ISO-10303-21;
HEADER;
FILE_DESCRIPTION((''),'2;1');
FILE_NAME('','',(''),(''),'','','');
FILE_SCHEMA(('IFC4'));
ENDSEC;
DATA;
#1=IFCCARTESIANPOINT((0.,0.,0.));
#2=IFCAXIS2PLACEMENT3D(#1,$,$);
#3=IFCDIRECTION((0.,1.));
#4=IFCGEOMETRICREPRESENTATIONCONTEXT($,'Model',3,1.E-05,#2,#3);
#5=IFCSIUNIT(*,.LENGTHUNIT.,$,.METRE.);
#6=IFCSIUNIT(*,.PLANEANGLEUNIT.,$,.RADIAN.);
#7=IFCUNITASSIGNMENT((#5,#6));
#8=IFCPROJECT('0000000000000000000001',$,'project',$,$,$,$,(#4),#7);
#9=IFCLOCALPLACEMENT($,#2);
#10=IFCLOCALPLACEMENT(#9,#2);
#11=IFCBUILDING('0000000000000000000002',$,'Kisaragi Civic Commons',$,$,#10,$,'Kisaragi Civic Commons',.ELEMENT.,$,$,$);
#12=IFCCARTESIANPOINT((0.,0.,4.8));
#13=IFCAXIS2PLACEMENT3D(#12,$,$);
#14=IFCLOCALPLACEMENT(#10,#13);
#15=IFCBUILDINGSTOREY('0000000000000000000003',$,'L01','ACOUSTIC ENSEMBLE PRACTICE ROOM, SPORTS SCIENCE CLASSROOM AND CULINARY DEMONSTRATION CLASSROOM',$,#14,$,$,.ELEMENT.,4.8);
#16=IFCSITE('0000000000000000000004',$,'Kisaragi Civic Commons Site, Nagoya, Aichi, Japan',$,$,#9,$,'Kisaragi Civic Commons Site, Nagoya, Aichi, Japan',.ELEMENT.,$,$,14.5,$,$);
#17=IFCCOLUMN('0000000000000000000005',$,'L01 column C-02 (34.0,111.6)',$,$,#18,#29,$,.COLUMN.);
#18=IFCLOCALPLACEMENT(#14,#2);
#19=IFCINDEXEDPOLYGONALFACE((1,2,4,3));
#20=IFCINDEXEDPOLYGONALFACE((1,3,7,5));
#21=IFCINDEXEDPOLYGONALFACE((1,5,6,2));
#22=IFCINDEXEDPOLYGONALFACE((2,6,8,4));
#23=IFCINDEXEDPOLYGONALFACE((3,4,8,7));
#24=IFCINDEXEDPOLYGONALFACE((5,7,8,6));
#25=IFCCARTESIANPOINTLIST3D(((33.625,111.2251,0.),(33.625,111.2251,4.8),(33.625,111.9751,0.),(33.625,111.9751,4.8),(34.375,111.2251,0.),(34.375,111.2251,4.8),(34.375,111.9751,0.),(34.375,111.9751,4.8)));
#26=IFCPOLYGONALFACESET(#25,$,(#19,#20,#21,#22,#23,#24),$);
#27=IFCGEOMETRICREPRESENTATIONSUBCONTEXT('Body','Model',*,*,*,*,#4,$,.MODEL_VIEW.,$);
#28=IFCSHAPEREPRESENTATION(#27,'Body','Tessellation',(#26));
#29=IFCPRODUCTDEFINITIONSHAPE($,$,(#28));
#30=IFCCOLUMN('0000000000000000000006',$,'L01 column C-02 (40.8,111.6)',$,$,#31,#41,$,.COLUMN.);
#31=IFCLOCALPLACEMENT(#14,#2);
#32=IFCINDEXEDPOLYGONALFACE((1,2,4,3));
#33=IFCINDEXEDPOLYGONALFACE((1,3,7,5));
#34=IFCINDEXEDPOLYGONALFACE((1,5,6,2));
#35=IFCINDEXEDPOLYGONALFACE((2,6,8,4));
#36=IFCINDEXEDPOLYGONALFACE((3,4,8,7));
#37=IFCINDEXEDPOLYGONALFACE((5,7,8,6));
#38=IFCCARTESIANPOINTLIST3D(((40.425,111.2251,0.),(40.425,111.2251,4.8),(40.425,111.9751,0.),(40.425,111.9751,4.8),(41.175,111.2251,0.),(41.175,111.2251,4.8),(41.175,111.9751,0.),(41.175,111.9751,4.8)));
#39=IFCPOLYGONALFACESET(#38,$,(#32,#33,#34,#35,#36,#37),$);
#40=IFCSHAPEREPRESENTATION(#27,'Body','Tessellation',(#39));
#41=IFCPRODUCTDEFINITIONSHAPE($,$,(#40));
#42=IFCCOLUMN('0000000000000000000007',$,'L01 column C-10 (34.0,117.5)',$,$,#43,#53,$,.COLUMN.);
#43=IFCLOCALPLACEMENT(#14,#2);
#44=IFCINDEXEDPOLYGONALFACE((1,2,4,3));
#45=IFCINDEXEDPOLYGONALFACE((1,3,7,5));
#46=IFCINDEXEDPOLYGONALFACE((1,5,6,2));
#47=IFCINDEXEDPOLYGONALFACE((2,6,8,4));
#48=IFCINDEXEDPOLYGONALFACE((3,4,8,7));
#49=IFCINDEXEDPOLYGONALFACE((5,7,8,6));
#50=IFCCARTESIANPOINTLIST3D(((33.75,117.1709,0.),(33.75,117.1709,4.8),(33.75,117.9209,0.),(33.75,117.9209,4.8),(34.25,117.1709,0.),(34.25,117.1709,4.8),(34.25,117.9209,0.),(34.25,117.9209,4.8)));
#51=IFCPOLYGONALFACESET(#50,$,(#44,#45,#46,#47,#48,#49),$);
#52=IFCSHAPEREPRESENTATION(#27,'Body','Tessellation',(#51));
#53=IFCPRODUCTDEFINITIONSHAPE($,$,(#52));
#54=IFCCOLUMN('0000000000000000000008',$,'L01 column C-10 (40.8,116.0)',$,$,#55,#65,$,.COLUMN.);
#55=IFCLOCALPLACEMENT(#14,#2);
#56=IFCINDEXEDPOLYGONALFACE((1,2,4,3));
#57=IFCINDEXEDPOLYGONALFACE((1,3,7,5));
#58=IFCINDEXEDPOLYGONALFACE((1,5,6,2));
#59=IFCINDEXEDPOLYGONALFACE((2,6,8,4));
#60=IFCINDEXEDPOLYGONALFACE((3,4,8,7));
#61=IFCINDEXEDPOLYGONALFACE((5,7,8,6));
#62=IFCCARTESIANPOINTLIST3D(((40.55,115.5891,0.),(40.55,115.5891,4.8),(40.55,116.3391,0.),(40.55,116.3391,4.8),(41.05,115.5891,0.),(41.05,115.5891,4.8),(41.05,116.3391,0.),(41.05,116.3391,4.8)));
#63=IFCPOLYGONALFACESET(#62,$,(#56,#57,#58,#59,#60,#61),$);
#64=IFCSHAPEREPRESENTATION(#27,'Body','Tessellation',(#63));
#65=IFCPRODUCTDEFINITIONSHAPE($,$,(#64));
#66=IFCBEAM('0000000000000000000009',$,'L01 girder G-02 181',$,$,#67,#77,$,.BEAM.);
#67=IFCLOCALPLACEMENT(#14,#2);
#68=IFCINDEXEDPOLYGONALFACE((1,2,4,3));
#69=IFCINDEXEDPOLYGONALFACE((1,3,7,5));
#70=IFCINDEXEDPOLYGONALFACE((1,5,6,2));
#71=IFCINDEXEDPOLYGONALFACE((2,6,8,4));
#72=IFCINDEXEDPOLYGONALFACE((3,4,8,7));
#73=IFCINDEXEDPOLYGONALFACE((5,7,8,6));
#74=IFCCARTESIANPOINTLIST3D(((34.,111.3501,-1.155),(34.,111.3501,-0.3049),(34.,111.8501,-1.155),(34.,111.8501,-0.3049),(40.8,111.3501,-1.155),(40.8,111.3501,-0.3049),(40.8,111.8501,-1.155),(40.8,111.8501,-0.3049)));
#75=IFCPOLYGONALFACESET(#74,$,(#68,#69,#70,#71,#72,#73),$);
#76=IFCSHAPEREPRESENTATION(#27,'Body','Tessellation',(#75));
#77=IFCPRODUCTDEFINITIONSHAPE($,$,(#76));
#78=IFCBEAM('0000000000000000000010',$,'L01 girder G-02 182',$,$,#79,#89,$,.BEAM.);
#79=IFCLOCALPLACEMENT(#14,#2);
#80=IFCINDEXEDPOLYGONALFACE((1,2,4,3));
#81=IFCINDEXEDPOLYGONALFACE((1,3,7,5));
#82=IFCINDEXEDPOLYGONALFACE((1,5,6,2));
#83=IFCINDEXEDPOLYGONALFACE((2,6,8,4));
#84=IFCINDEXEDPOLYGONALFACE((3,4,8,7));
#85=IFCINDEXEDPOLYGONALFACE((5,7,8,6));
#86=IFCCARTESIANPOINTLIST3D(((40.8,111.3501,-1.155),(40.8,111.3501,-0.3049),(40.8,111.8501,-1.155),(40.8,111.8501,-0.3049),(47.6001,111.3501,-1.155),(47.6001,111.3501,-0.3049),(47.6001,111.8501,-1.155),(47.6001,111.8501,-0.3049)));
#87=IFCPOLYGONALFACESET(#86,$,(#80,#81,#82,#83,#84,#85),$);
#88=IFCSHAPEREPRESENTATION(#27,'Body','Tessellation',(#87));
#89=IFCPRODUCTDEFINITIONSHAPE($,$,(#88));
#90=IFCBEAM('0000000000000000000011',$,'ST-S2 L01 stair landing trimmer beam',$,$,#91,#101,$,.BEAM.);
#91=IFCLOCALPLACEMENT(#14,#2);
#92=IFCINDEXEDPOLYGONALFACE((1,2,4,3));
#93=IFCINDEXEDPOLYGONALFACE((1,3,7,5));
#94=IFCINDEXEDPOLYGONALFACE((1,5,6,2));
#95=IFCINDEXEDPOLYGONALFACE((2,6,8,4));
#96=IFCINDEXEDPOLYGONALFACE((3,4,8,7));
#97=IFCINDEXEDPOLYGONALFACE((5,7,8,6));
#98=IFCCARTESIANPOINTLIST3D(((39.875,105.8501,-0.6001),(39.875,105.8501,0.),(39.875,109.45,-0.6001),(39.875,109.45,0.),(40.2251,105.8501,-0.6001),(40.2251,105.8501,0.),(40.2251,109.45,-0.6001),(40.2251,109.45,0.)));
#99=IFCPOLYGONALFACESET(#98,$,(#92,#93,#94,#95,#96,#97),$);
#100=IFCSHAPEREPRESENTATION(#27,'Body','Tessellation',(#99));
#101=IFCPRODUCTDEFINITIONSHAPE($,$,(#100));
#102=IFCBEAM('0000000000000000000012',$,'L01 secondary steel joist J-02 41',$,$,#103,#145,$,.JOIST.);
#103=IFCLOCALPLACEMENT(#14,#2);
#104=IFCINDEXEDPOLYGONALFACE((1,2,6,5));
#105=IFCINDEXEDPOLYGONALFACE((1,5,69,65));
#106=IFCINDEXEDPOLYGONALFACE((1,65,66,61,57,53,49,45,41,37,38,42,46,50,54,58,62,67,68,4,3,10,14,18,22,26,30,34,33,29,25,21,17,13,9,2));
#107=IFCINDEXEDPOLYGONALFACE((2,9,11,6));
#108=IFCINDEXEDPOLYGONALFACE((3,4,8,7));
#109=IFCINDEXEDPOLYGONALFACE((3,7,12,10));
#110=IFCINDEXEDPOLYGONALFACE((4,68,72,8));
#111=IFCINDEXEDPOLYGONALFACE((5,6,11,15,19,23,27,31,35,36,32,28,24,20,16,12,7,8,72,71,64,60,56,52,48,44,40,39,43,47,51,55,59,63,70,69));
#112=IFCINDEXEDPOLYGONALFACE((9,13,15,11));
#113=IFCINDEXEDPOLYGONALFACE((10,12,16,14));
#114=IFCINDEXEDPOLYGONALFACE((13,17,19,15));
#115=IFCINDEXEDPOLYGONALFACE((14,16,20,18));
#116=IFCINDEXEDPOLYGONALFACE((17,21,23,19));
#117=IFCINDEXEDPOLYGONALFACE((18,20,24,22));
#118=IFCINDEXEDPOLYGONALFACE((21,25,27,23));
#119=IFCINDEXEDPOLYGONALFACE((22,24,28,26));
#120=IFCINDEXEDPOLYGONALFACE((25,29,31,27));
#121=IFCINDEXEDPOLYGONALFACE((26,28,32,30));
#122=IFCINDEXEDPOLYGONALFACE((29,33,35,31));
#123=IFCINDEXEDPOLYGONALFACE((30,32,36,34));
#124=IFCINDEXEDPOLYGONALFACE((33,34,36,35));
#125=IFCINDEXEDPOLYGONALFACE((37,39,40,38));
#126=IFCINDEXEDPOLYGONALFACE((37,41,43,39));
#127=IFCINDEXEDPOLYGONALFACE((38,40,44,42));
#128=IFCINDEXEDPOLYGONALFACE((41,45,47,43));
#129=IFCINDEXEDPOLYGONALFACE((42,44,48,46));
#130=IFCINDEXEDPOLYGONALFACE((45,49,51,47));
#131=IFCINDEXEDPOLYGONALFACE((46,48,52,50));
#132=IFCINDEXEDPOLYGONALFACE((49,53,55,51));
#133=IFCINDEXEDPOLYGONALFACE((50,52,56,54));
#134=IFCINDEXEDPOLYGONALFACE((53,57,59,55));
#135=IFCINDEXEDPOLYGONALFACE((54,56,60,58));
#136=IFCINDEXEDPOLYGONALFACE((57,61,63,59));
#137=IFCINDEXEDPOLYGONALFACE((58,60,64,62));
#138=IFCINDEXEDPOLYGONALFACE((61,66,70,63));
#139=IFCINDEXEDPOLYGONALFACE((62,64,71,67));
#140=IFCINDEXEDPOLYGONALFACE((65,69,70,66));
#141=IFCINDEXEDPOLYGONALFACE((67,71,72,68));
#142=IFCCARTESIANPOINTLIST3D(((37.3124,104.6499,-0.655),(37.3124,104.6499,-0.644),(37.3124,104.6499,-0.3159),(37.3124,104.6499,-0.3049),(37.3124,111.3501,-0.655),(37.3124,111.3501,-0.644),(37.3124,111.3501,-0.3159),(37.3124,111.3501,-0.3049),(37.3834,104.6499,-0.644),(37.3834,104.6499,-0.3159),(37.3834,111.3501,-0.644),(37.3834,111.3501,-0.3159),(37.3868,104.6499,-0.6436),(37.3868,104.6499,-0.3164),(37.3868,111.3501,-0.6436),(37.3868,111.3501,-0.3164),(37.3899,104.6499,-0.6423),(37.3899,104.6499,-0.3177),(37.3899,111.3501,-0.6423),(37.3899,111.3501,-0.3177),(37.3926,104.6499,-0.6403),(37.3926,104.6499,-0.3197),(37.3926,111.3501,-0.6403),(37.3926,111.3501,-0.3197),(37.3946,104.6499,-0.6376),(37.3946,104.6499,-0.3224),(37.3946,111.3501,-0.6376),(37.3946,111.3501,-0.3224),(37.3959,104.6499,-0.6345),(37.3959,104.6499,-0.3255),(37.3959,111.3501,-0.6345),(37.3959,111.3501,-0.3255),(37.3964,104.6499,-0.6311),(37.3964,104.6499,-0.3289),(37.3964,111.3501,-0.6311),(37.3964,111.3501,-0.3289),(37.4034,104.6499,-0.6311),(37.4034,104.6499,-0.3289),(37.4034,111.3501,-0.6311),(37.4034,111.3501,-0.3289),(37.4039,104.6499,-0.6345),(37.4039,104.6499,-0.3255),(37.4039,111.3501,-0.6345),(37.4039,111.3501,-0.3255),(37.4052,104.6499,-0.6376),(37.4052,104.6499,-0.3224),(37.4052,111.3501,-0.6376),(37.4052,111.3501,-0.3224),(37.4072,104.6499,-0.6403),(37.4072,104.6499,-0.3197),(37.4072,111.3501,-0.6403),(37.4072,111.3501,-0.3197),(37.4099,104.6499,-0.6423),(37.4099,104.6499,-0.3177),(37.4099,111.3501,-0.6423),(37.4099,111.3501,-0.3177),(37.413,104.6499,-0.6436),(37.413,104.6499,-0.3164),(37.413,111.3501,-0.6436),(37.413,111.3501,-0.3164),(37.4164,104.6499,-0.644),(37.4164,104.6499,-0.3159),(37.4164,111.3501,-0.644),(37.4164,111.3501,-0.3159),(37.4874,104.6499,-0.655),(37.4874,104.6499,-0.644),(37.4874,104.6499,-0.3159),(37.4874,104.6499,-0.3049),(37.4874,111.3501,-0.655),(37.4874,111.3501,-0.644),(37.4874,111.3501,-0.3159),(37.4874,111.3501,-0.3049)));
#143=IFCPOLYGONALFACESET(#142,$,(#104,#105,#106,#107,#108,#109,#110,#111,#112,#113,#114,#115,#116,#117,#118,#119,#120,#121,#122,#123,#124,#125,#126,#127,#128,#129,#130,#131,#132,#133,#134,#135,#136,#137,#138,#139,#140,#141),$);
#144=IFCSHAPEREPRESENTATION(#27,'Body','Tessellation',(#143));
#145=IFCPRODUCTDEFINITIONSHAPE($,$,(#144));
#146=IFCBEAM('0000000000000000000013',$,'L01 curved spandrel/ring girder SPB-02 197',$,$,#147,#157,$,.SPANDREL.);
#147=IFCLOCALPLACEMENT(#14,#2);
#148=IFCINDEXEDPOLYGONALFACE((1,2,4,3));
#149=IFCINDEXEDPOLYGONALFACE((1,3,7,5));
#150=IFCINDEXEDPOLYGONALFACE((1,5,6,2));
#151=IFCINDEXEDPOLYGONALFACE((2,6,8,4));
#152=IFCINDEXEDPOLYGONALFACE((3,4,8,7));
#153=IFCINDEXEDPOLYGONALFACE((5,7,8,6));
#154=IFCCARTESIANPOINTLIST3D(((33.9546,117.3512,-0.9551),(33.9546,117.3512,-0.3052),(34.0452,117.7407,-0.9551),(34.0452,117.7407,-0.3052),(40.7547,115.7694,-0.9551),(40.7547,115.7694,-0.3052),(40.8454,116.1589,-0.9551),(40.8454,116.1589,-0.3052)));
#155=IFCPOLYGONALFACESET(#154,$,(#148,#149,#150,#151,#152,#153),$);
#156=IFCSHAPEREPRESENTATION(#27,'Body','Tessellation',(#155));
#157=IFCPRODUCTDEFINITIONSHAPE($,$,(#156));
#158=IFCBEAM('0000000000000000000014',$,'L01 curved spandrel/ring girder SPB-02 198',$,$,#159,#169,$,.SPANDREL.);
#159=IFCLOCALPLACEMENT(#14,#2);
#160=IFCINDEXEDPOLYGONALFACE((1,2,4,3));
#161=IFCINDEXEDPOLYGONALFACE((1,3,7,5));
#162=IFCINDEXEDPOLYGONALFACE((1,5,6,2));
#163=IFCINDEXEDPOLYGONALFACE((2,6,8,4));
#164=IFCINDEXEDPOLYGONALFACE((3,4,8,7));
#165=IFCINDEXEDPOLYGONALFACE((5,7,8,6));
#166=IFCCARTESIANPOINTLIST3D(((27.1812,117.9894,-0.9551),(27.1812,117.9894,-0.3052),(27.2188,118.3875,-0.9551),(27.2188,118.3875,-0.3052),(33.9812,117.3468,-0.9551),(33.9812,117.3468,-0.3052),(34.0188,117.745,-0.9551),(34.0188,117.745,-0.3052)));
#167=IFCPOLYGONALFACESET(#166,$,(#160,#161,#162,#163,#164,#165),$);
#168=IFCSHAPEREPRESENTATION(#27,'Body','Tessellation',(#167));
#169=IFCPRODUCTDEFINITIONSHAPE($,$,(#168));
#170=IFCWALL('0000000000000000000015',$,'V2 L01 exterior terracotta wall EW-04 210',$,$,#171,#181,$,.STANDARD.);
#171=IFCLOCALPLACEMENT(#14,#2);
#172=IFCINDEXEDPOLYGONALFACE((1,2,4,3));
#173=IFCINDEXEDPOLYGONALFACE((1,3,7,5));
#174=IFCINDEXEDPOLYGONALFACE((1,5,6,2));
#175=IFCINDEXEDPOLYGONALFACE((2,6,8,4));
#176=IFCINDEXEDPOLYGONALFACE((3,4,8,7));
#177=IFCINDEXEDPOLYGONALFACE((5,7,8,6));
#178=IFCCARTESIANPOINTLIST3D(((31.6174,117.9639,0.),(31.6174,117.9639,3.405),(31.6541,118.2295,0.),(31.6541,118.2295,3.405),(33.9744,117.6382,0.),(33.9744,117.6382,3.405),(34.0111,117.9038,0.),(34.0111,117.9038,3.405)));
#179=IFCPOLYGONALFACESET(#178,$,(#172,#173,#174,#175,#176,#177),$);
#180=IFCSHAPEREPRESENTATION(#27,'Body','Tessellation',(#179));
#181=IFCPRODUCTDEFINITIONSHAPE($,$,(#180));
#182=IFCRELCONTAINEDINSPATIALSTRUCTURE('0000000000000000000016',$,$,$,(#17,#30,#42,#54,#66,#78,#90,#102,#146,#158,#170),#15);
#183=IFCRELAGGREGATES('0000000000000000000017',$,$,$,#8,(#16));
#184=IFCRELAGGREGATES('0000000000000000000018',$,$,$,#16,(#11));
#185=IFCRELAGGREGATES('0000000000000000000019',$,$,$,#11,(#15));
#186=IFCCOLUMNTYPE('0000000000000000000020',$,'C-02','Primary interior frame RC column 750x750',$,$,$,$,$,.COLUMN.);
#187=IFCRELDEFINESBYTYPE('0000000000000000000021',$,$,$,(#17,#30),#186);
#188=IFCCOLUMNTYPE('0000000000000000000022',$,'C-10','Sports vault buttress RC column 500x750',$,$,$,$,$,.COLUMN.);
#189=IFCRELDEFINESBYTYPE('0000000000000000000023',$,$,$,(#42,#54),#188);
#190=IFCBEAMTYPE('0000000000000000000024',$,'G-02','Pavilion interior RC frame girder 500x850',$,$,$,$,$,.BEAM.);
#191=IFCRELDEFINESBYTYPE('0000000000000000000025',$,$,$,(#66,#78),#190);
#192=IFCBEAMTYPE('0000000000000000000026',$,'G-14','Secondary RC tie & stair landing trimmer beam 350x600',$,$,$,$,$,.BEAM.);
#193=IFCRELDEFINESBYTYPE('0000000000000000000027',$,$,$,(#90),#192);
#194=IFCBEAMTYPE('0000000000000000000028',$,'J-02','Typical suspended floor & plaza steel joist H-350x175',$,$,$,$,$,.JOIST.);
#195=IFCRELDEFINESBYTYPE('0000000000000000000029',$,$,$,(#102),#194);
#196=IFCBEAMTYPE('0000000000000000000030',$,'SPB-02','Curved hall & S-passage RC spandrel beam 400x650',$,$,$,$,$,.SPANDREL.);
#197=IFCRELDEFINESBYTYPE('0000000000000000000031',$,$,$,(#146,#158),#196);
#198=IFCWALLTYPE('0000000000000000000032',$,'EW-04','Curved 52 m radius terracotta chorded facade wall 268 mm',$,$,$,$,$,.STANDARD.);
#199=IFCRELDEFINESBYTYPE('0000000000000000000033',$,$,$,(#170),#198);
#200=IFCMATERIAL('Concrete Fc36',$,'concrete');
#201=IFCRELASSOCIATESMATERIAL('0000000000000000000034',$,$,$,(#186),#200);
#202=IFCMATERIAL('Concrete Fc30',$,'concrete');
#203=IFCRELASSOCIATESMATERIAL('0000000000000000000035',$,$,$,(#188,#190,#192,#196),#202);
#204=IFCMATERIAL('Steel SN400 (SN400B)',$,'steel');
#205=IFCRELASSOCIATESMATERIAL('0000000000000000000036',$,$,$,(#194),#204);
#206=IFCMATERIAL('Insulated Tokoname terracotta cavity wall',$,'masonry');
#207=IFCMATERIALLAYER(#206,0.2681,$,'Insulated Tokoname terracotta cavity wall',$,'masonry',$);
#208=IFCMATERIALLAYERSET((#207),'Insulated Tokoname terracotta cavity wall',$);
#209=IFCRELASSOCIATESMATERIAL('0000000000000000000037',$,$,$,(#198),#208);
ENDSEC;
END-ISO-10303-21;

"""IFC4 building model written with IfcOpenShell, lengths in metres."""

from ifc_helpers import new_model, si_unit, direction, frame, frame_2d, origin, origin_2d, place, context, subcontext, project, spatial, rectangle, i_section, extrude, material, layer, layer_set, material_profile, profile_set, type_object, element, save


model = new_model("IFC4")

# Units and contexts
model_context = context("Model", 3, precision=1e-05, world=origin(), true_north=direction((0.0, 1.0)))
body_context = subcontext(model_context, "Body", "Model", "MODEL_VIEW")
ifc_project = project(units=[si_unit("LENGTHUNIT", "METRE"), si_unit("PLANEANGLEUNIT", "RADIAN")], contexts=[model_context])

# Site, building, storey
site_placement = place(None, origin())
site = spatial("IfcSite", under=ifc_project, at=site_placement, Name="Kisaragi Civic Commons Site, Nagoya, Aichi, Japan", LongName="Kisaragi Civic Commons Site, Nagoya, Aichi, Japan", CompositionType="ELEMENT", RefElevation=14.5)
building_placement = place(site_placement, origin())
building = spatial("IfcBuilding", under=site, at=building_placement, Name="Kisaragi Civic Commons", LongName="Kisaragi Civic Commons", CompositionType="ELEMENT")
storey_placement = place(building_placement, frame((0.0, 0.0, 4.8)))
storey = spatial("IfcBuildingStorey", under=building, at=storey_placement, Name="L01", Description="ACOUSTIC ENSEMBLE PRACTICE ROOM, SPORTS SCIENCE CLASSROOM AND CULINARY DEMONSTRATION CLASSROOM", CompositionType="ELEMENT", Elevation=4.8)

# Columns
ifc_material_1 = material(Name="Concrete Fc36", Category="concrete")
ifc_material_profile_1 = material_profile(ifc_material_1, rectangle(XDim=0.75, YDim=0.75, at=origin_2d()), Name="RC-750x750", Category="concrete")
ifc_profile_set_1 = profile_set([ifc_material_profile_1], Name="Concrete Fc36")
column_type_1 = type_object("IfcColumnType", Name="C-02", Description="Primary interior frame RC column 750x750", PredefinedType="COLUMN", material=ifc_profile_set_1)
for number, where, z_axis, x_axis, name in (
    (1, (34.0, 111.6001, 0.0), (0.0, 0.0, 1.0), (1.0, 0.0, 0.0), "L01 column C-02 (34.0,111.6)"),
    (2, (40.8, 111.6001, 0.0), (0.0, 0.0, 1.0), (1.0, 0.0, 0.0), "L01 column C-02 (40.8,111.6)"),
):
    element("IfcColumn", number, at=place(storey_placement, frame(where, z_axis=z_axis, x_axis=x_axis)), inside=storey, type_object=column_type_1, Name=name, PredefinedType="COLUMN", context=body_context, shape_type="SweptSolid", body=[
        extrude(rectangle(XDim=0.75, YDim=0.75, at=origin_2d()), origin(), (0.0, 0.0, 1.0), 4.8),
    ])
ifc_material_2 = material(Name="Concrete Fc30", Category="concrete")
ifc_material_profile_2 = material_profile(ifc_material_2, rectangle(XDim=0.5, YDim=0.75, at=origin_2d()), Name="RC-500x750", Category="concrete")
ifc_profile_set_2 = profile_set([ifc_material_profile_2], Name="Concrete Fc30")
column_type_2 = type_object("IfcColumnType", Name="C-10", Description="Sports vault buttress RC column 500x750", PredefinedType="COLUMN", material=ifc_profile_set_2)
for number, where, z_axis, x_axis, name in (
    (3, (34.0, 117.5459, 0.0), (0.0, 0.0, 1.0), (1.0, 0.0, 0.0), "L01 column C-10 (34.0,117.5)"),
    (4, (40.8, 115.9641, 0.0), (0.0, 0.0, 1.0), (1.0, 0.0, 0.0), "L01 column C-10 (40.8,116.0)"),
):
    element("IfcColumn", number, at=place(storey_placement, frame(where, z_axis=z_axis, x_axis=x_axis)), inside=storey, type_object=column_type_2, Name=name, PredefinedType="COLUMN", context=body_context, shape_type="SweptSolid", body=[
        extrude(rectangle(XDim=0.5, YDim=0.75, at=origin_2d()), origin(), (0.0, 0.0, 1.0), 4.8),
    ])

# Beams
ifc_material_profile_3 = material_profile(ifc_material_2, rectangle(XDim=0.5, YDim=0.8501, at=origin_2d()), Name="RC-500x850", Category="concrete")
ifc_profile_set_3 = profile_set([ifc_material_profile_3], Name="Concrete Fc30")
beam_type_1 = type_object("IfcBeamType", Name="G-02", Description="Pavilion interior RC frame girder 500x850", PredefinedType="BEAM", material=ifc_profile_set_3)
for number, where, z_axis, x_axis, name in (
    (5, (34.0, 111.6001, -0.73), (1.0, 0.0, 0.0), (0.0, 1.0, 0.0), "L01 girder G-02 181"),
    (6, (40.8, 111.6001, -0.73), (1.0, 0.0, 0.0), (0.0, 1.0, 0.0), "L01 girder G-02 182"),
):
    element("IfcBeam", number, at=place(storey_placement, frame(where, z_axis=z_axis, x_axis=x_axis)), inside=storey, type_object=beam_type_1, Name=name, PredefinedType="BEAM", context=body_context, shape_type="SweptSolid", body=[
        extrude(rectangle(XDim=0.5, YDim=0.8501, at=origin_2d()), origin(), (0.0, 0.0, 1.0), 6.8),
    ])
ifc_material_profile_4 = material_profile(ifc_material_2, rectangle(XDim=0.3501, YDim=0.6001, at=origin_2d()), Name="RC-350x600", Category="concrete")
ifc_profile_set_4 = profile_set([ifc_material_profile_4], Name="Concrete Fc30")
beam_type_2 = type_object("IfcBeamType", Name="G-14", Description="Secondary RC tie & stair landing trimmer beam 350x600", PredefinedType="BEAM", material=ifc_profile_set_4)
beam_1_placement = place(storey_placement, frame((40.05, 105.8501, -0.3), z_axis=(0.0, 1.0, 0.0), x_axis=(-1.0, 0.0, 0.0)))
element("IfcBeam", 7, at=beam_1_placement, inside=storey, type_object=beam_type_2, Name="ST-S2 L01 stair landing trimmer beam", PredefinedType="BEAM", context=body_context, shape_type="SweptSolid", body=[
    extrude(rectangle(XDim=0.3501, YDim=0.6001, at=origin_2d()), origin(), (0.0, 0.0, 1.0), 3.5999),
])
ifc_material_3 = material(Name="Steel SN400 (SN400B)", Category="steel")
ifc_material_profile_5 = material_profile(ifc_material_3, i_section(OverallWidth=0.175, OverallDepth=0.3501, WebThickness=0.0071, FlangeThickness=0.011, FilletRadius=0.0129, at=origin_2d()), Name="H-350x175x7x11", Category="steel")
ifc_profile_set_5 = profile_set([ifc_material_profile_5], Name="Steel SN400 (SN400B)")
beam_type_3 = type_object("IfcBeamType", Name="J-02", Description="Typical suspended floor & plaza steel joist H-350x175", PredefinedType="JOIST", material=ifc_profile_set_5)
beam_2_placement = place(storey_placement, frame((37.3999, 104.6499, -0.48), z_axis=(0.0, 1.0, 0.0), x_axis=(-1.0, 0.0, 0.0)))
element("IfcBeam", 8, at=beam_2_placement, inside=storey, type_object=beam_type_3, Name="L01 secondary steel joist J-02 41", PredefinedType="JOIST", context=body_context, shape_type="SweptSolid", body=[
    extrude(i_section(OverallWidth=0.175, OverallDepth=0.3501, WebThickness=0.0071, FlangeThickness=0.011, FilletRadius=0.0129, at=origin_2d()), origin(), (0.0, 0.0, 1.0), 6.7002),
])
ifc_material_profile_6 = material_profile(ifc_material_2, rectangle(XDim=0.3999, YDim=0.6499, at=origin_2d()), Name="RC-400x650", Category="concrete")
ifc_profile_set_6 = profile_set([ifc_material_profile_6], Name="Concrete Fc30")
beam_type_4 = type_object("IfcBeamType", Name="SPB-02", Description="Curved hall & S-passage RC spandrel beam 400x650", PredefinedType="SPANDREL", material=ifc_profile_set_6)
beam_3_placement = place(storey_placement, frame((40.8, 115.9641, -0.6301), z_axis=(-0.973996, 0.226565, 0.0), x_axis=(-0.226565, -0.973996, 0.0)))
element("IfcBeam", 9, at=beam_3_placement, inside=storey, type_object=beam_type_4, Name="L01 curved spandrel/ring girder SPB-02 197", PredefinedType="SPANDREL", context=body_context, shape_type="SweptSolid", body=[
    extrude(rectangle(XDim=0.3999, YDim=0.6499, at=origin_2d()), origin(), (0.0, 0.0, 1.0), 6.9817),
])
beam_4_placement = place(storey_placement, frame((34.0, 117.5459, -0.6301), z_axis=(-0.995565, 0.094077, 0.0), x_axis=(-0.094077, -0.995565, 0.0)))
element("IfcBeam", 10, at=beam_4_placement, inside=storey, type_object=beam_type_4, Name="L01 curved spandrel/ring girder SPB-02 198", PredefinedType="SPANDREL", context=body_context, shape_type="SweptSolid", body=[
    extrude(rectangle(XDim=0.3999, YDim=0.6499, at=origin_2d()), origin(), (0.0, 0.0, 1.0), 6.8303),
])

# Wall
ifc_material_4 = material(Name="Insulated Tokoname terracotta cavity wall", Category="masonry")
ifc_layer_1 = layer(ifc_material_4, 0.2681, Name="Insulated Tokoname terracotta cavity wall", Category="masonry")
ifc_layer_set_1 = layer_set([ifc_layer_1], Name="Insulated Tokoname terracotta cavity wall")
wall_type_1 = type_object("IfcWallType", Name="EW-04", Description="Curved 52 m radius terracotta chorded facade wall 268 mm", PredefinedType="STANDARD", material=ifc_layer_set_1)
for number, where, z_axis, x_axis, name in (
    (11, (31.6357, 118.0967, 0.0), (0.0, 0.0, 1.0), (0.990588, -0.13688, 0.0), "V2 L01 exterior terracotta wall EW-04 210"),
):
    element("IfcWall", number, at=place(storey_placement, frame(where, z_axis=z_axis, x_axis=x_axis)), inside=storey, type_object=wall_type_1, Name=name, PredefinedType="STANDARD", context=body_context, shape_type="SweptSolid", body=[
        extrude(rectangle(XDim=2.3794, YDim=0.2681, at=frame_2d((1.1897, 0.0))), origin(), (0.0, 0.0, 1.0), 3.405),
    ])

save(model, "model.ifc")
